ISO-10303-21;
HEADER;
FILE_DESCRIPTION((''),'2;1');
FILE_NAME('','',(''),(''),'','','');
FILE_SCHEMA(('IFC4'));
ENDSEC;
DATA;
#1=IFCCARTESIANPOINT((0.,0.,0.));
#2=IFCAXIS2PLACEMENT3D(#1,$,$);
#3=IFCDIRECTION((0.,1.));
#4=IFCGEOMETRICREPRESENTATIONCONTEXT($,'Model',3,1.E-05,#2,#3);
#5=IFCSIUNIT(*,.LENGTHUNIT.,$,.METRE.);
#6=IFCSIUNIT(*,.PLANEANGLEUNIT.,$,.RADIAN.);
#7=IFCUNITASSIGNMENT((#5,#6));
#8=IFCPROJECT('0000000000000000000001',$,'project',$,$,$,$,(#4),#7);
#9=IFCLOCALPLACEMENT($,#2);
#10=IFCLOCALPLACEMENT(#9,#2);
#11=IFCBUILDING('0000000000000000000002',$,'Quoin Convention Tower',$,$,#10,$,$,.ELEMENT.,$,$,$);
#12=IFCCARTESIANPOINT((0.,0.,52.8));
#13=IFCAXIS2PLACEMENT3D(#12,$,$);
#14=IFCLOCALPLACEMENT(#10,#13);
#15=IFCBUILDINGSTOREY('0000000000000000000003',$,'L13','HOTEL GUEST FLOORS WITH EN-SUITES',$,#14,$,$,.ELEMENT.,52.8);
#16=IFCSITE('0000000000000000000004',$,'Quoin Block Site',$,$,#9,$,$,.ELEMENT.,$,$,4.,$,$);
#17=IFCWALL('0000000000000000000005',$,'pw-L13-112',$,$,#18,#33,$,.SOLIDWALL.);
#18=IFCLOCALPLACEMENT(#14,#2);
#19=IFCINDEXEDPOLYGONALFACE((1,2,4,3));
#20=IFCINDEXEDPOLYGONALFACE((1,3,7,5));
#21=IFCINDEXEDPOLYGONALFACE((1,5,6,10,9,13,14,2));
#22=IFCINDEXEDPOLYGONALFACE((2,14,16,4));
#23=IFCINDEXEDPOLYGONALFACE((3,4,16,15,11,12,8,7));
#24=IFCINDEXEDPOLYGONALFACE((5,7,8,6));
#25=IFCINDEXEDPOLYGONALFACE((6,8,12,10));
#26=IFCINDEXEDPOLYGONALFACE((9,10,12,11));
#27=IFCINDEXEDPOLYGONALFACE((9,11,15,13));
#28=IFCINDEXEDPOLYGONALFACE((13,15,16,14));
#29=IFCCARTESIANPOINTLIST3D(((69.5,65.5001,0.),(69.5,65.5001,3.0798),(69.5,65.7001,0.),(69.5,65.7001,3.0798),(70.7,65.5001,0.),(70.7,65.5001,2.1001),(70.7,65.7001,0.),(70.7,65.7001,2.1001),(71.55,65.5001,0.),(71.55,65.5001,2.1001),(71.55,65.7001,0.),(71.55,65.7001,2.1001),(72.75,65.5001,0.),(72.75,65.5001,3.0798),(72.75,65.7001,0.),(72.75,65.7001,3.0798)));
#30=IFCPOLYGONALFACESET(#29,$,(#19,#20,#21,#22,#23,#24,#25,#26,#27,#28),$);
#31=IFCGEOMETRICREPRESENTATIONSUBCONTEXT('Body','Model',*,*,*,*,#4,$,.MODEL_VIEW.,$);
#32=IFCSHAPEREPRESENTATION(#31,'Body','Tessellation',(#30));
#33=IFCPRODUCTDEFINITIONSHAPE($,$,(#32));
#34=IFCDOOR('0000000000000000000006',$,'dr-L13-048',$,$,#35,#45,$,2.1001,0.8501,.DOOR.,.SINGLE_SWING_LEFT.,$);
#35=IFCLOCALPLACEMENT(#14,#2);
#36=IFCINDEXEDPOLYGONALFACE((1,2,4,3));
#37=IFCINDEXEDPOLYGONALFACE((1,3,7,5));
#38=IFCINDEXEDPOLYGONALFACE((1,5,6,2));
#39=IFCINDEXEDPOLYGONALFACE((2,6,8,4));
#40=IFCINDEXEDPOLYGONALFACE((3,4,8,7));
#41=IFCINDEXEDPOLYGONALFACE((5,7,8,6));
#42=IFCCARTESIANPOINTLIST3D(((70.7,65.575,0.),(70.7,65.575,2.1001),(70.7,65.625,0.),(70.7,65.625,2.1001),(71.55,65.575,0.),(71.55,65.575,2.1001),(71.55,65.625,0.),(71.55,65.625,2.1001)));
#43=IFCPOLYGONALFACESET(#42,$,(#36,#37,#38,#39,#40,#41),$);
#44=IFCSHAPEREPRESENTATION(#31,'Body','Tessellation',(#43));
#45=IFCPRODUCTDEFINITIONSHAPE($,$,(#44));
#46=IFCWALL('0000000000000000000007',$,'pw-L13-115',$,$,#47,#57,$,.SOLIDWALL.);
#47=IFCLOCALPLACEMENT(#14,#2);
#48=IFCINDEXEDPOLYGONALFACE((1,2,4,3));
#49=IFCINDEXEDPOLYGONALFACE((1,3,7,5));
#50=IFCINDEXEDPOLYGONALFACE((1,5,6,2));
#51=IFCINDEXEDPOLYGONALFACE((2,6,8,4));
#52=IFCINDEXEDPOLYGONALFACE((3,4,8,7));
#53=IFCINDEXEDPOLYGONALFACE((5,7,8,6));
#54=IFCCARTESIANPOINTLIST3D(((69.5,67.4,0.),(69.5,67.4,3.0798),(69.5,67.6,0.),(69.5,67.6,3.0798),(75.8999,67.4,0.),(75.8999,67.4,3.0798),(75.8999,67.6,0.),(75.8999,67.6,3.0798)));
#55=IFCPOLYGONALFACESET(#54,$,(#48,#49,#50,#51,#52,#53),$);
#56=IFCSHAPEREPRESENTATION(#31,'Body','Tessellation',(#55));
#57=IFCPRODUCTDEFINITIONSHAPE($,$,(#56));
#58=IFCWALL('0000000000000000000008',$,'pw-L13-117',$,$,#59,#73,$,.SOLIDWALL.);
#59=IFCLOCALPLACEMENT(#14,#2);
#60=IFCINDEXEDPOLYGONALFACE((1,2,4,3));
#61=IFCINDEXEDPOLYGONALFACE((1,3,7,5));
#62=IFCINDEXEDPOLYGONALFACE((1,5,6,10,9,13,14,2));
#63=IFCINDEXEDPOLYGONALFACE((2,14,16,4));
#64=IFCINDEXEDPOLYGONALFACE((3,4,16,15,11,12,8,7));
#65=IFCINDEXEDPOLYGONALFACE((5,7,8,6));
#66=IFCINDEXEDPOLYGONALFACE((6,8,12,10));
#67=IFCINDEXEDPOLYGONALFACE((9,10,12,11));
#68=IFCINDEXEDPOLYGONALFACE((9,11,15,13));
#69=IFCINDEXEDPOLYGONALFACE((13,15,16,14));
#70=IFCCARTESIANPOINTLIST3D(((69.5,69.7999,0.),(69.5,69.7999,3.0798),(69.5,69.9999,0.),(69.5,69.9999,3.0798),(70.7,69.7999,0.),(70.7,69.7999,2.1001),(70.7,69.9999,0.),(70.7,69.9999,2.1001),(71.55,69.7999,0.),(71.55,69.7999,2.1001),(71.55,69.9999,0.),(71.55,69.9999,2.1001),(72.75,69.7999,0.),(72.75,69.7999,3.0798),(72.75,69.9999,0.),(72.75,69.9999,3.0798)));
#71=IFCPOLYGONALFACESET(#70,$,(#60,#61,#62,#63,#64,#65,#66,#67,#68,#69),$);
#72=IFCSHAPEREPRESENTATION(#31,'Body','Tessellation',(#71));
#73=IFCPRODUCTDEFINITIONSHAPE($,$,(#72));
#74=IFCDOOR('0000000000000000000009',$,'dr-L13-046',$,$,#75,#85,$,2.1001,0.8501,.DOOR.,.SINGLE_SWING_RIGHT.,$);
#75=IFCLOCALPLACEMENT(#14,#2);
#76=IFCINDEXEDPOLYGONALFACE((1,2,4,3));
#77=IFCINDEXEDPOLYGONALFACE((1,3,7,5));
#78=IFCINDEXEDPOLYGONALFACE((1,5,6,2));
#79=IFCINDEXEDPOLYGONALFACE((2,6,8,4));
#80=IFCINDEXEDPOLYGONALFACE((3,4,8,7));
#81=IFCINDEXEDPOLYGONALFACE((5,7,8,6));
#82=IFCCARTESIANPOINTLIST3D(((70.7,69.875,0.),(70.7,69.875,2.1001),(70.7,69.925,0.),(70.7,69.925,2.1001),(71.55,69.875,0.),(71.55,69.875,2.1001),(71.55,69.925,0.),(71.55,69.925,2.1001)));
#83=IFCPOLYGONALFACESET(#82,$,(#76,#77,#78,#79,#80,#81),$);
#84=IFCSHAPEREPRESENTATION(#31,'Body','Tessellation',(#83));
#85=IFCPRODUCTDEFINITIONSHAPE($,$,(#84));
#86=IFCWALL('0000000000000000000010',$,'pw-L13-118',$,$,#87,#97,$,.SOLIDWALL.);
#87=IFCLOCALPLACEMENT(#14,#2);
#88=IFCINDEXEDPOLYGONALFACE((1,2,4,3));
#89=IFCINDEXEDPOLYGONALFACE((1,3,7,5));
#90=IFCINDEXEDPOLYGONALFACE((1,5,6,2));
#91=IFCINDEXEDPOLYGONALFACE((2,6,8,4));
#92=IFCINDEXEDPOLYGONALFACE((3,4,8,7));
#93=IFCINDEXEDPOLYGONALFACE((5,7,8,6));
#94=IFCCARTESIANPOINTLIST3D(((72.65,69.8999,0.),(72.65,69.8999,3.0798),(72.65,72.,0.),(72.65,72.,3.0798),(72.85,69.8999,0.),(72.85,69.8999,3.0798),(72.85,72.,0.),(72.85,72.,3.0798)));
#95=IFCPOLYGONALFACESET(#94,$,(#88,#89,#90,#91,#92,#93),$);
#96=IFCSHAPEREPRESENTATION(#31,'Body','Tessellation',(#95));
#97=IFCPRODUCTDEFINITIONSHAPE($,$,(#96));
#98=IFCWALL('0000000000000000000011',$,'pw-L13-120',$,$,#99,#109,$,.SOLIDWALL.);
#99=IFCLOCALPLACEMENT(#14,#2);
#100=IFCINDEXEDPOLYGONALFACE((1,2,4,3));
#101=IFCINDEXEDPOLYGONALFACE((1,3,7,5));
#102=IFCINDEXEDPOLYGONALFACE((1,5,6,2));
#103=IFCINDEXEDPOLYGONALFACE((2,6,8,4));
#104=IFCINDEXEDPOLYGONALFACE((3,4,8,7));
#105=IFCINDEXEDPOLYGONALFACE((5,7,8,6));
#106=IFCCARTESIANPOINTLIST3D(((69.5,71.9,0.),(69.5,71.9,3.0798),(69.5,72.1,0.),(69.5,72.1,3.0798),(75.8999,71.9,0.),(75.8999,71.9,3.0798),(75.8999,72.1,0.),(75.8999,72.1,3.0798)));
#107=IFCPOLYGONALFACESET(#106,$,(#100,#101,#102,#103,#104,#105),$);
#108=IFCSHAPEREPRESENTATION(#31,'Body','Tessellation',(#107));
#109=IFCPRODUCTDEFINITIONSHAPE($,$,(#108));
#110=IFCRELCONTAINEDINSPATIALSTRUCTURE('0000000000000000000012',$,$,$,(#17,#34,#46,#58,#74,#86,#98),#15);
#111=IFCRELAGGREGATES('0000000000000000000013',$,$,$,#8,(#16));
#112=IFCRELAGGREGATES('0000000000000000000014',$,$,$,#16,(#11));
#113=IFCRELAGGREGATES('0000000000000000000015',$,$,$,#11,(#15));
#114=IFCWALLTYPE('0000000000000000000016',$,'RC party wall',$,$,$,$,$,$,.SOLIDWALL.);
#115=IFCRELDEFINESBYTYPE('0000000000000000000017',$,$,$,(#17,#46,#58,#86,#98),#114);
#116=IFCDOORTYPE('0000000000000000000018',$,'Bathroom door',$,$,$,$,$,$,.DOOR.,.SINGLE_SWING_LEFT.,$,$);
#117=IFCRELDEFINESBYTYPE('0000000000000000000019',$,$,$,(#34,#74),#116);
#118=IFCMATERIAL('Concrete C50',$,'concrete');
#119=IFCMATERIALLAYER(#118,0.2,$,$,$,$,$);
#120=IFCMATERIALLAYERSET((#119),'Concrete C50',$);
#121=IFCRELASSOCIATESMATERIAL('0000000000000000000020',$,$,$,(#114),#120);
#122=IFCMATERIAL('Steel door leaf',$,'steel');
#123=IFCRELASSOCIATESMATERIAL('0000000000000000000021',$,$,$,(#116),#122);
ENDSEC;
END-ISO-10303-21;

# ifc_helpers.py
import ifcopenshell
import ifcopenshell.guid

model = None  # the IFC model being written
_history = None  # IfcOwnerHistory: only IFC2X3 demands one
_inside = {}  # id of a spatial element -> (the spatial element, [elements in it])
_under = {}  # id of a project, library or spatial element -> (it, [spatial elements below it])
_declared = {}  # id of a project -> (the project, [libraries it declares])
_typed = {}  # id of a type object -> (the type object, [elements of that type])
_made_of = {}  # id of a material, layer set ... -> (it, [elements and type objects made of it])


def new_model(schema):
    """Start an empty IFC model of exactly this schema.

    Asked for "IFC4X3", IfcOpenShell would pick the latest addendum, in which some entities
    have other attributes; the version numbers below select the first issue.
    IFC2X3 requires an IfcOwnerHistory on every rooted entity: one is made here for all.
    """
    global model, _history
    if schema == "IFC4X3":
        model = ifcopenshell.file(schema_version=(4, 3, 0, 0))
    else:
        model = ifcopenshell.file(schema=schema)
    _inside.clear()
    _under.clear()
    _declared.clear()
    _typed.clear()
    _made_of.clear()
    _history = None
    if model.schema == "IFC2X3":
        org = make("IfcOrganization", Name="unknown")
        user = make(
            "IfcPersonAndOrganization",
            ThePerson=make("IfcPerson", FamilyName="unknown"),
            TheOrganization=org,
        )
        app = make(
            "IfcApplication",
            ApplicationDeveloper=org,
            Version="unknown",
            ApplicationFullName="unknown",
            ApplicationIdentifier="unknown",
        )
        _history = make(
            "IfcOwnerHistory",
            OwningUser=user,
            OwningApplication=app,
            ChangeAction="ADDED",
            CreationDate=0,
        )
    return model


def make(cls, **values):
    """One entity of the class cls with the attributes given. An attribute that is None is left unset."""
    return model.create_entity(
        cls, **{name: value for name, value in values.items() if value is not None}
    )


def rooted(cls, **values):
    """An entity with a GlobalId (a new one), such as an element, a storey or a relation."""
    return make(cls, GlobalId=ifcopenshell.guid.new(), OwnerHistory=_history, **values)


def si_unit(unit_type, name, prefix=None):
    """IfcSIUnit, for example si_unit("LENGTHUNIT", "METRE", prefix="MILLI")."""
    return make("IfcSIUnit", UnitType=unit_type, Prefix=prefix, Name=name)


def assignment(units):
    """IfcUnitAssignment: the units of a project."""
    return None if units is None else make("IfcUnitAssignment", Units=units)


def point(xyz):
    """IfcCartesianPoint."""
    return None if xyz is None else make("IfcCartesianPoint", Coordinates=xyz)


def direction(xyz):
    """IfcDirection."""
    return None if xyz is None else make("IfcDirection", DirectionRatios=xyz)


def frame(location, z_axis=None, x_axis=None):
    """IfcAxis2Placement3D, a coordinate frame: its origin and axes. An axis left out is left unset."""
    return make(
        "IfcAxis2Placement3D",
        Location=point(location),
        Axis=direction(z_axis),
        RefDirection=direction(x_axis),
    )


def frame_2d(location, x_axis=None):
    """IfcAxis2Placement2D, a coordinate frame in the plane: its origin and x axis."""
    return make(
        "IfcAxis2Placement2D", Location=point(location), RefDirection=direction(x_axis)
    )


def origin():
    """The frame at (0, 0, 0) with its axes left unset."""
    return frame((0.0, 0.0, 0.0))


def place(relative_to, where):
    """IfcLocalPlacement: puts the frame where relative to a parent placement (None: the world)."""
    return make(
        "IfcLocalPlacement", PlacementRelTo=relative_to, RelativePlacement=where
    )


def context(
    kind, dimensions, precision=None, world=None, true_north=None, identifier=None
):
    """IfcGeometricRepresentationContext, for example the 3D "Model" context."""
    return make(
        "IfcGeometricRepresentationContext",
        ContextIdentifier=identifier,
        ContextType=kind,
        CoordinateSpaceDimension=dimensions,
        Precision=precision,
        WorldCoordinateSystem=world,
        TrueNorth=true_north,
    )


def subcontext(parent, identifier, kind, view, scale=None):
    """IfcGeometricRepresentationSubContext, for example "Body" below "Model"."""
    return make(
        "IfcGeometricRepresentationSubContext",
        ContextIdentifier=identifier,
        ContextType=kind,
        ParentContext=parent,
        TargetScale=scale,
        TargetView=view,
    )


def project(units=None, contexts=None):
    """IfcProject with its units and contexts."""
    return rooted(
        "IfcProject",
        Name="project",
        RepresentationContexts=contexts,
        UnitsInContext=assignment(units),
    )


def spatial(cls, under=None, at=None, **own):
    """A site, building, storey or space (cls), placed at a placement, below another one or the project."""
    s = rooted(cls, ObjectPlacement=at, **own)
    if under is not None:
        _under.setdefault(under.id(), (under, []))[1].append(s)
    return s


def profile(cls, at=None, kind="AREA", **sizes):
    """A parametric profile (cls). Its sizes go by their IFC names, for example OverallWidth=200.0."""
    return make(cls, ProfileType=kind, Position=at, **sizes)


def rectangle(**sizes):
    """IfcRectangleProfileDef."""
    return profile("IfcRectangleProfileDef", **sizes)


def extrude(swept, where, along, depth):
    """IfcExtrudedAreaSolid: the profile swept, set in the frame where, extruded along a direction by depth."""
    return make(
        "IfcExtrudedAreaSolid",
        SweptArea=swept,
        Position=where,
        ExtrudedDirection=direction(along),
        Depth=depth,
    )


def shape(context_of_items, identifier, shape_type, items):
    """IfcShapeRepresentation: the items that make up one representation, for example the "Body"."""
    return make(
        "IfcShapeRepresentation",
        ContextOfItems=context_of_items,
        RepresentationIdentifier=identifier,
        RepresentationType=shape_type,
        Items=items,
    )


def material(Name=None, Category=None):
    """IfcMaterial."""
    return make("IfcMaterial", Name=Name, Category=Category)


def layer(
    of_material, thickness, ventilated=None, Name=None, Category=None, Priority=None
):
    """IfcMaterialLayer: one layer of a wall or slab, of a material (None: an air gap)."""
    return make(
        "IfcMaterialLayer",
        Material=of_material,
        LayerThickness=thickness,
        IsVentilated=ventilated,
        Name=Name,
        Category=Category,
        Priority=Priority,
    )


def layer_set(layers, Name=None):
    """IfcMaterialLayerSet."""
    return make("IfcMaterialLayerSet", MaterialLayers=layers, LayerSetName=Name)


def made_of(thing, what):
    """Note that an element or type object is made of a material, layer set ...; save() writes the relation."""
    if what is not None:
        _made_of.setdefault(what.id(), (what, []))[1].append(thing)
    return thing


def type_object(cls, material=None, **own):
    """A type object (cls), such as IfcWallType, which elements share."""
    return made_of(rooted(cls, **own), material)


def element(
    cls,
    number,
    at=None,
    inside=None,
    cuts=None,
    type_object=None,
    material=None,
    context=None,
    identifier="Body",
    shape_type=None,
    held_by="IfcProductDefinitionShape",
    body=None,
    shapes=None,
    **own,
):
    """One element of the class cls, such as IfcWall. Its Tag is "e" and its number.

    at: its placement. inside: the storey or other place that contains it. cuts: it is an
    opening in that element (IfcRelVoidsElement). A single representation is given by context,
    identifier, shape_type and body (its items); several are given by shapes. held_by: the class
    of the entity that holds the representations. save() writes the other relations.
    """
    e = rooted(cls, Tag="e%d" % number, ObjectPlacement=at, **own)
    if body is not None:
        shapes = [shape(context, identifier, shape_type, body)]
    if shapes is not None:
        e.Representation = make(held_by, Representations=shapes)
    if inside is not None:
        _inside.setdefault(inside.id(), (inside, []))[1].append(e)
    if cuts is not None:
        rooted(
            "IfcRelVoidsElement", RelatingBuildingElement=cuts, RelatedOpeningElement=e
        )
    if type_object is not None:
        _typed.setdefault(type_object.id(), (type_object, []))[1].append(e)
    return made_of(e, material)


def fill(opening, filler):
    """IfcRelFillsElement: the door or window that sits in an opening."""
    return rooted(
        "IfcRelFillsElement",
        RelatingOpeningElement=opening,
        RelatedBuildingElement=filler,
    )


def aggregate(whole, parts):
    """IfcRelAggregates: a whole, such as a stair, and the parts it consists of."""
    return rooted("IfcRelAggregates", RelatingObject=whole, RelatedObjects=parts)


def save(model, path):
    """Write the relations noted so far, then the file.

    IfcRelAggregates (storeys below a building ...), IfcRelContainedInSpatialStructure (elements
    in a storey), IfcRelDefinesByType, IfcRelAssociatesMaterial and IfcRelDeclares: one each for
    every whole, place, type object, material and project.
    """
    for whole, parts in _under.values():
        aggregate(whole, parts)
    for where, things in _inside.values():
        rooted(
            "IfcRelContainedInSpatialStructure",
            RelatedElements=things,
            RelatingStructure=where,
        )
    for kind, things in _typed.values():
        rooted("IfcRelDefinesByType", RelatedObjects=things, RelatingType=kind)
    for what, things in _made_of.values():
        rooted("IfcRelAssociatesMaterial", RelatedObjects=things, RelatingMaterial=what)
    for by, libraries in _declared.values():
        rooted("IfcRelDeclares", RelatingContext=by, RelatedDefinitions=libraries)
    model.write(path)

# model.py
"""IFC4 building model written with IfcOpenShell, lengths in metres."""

from ifc_helpers import new_model, si_unit, direction, frame, frame_2d, origin, place, context, subcontext, project, spatial, rectangle, extrude, material, layer, layer_set, type_object, element, fill, save


model = new_model("IFC4")

# Units and contexts
model_context = context("Model", 3, precision=1e-05, world=origin(), true_north=direction((0.0, 1.0)))
body_context = subcontext(model_context, "Body", "Model", "MODEL_VIEW")
ifc_project = project(units=[si_unit("LENGTHUNIT", "METRE"), si_unit("PLANEANGLEUNIT", "RADIAN")], contexts=[model_context])

# Site, building, storey
site_placement = place(None, origin())
site = spatial("IfcSite", under=ifc_project, at=site_placement, Name="Quoin Block Site", CompositionType="ELEMENT", RefElevation=4.0)
building_placement = place(site_placement, origin())
building = spatial("IfcBuilding", under=site, at=building_placement, Name="Quoin Convention Tower", CompositionType="ELEMENT")
storey_placement = place(building_placement, frame((0.0, 0.0, 52.8)))
storey = spatial("IfcBuildingStorey", under=building, at=storey_placement, Name="L13", Description="HOTEL GUEST FLOORS WITH EN-SUITES", CompositionType="ELEMENT", Elevation=52.8)

# Shared definitions
ifc_material_1 = material(Name="Concrete C50", Category="concrete")
ifc_layer = layer(ifc_material_1, 0.2)
ifc_layer_set = layer_set([ifc_layer], Name="Concrete C50")
wall_type = type_object("IfcWallType", Name="RC party wall", PredefinedType="SOLIDWALL", material=ifc_layer_set)

# Wall, opening, door
wall_1_placement = place(storey_placement, frame((69.5, 65.6001, 0.0), z_axis=(0.0, 0.0, 1.0), x_axis=(1.0, 0.0, 0.0)))
wall_1 = element("IfcWall", 1, at=wall_1_placement, inside=storey, type_object=wall_type, Name="pw-L13-112", PredefinedType="SOLIDWALL", context=body_context, shape_type="SweptSolid", body=[
    extrude(rectangle(XDim=3.25, YDim=0.2, at=frame_2d((1.625, 0.0))), origin(), (0.0, 0.0, 1.0), 3.0798),
])
opening_1_placement = place(wall_1_placement, frame((1.2, 0.0, 0.0)))
opening_1 = element("IfcOpeningElement", 2, at=opening_1_placement, cuts=wall_1, PredefinedType="OPENING", context=body_context, shape_type="SweptSolid", body=[
    extrude(rectangle(XDim=0.8501, YDim=2.1001, at=frame_2d((0.425, 1.05))), frame((0.0, 0.1099, 0.0), z_axis=(0.0, -1.0, 0.0), x_axis=(1.0, 0.0, 0.0)), (0.0, 0.0, 1.0), 0.22),
])
ifc_material_2 = material(Name="Steel door leaf", Category="steel")
door_type = type_object("IfcDoorType", Name="Bathroom door", OperationType="SINGLE_SWING_LEFT", PredefinedType="DOOR", material=ifc_material_2)
door_1_placement = place(opening_1_placement, origin())
door_1 = element("IfcDoor", 3, at=door_1_placement, inside=storey, type_object=door_type, Name="dr-L13-048", OperationType="SINGLE_SWING_LEFT", OverallHeight=2.1001, OverallWidth=0.8501, PredefinedType="DOOR", context=body_context, shape_type="SweptSolid", body=[
    extrude(rectangle(XDim=0.8501, YDim=2.1001, at=frame_2d((0.425, 1.05))), frame((0.0, 0.0249, 0.0), z_axis=(0.0, -1.0, 0.0), x_axis=(1.0, 0.0, 0.0)), (0.0, 0.0, 1.0), 0.05),
])
fill(opening_1, door_1)

# Wall
wall_2_placement = place(storey_placement, frame((69.5, 67.5, 0.0), z_axis=(0.0, 0.0, 1.0), x_axis=(1.0, 0.0, 0.0)))
element("IfcWall", 4, at=wall_2_placement, inside=storey, type_object=wall_type, Name="pw-L13-115", PredefinedType="SOLIDWALL", context=body_context, shape_type="SweptSolid", body=[
    extrude(rectangle(XDim=6.3999, YDim=0.2, at=frame_2d((3.2, 0.0))), origin(), (0.0, 0.0, 1.0), 3.0798),
])

# Wall, opening, door
wall_3_placement = place(storey_placement, frame((69.5, 69.8999, 0.0), z_axis=(0.0, 0.0, 1.0), x_axis=(1.0, 0.0, 0.0)))
wall_3 = element("IfcWall", 5, at=wall_3_placement, inside=storey, type_object=wall_type, Name="pw-L13-117", PredefinedType="SOLIDWALL", context=body_context, shape_type="SweptSolid", body=[
    extrude(rectangle(XDim=3.25, YDim=0.2, at=frame_2d((1.625, 0.0))), origin(), (0.0, 0.0, 1.0), 3.0798),
])
opening_2_placement = place(wall_3_placement, frame((1.2, 0.0, 0.0)))
opening_2 = element("IfcOpeningElement", 6, at=opening_2_placement, cuts=wall_3, PredefinedType="OPENING", context=body_context, shape_type="SweptSolid", body=[
    extrude(rectangle(XDim=0.8501, YDim=2.1001, at=frame_2d((0.425, 1.05))), frame((0.0, 0.1099, 0.0), z_axis=(0.0, -1.0, 0.0), x_axis=(1.0, 0.0, 0.0)), (0.0, 0.0, 1.0), 0.22),
])
door_2_placement = place(opening_2_placement, frame((0.8501, 0.0, 0.0), z_axis=(0.0, 0.0, 1.0), x_axis=(-1.0, 0.0, 0.0)))
door_2 = element("IfcDoor", 7, at=door_2_placement, inside=storey, type_object=door_type, Name="dr-L13-046", OperationType="SINGLE_SWING_RIGHT", OverallHeight=2.1001, OverallWidth=0.8501, PredefinedType="DOOR", context=body_context, shape_type="SweptSolid", body=[
    extrude(rectangle(XDim=0.8501, YDim=2.1001, at=frame_2d((0.425, 1.05))), frame((0.0, 0.0249, 0.0), z_axis=(0.0, -1.0, 0.0), x_axis=(1.0, 0.0, 0.0)), (0.0, 0.0, 1.0), 0.05),
])
fill(opening_2, door_2)

# Walls
wall_4_placement = place(storey_placement, frame((72.75, 69.8999, 0.0), z_axis=(0.0, 0.0, 1.0), x_axis=(0.0, 1.0, 0.0)))
element("IfcWall", 8, at=wall_4_placement, inside=storey, type_object=wall_type, Name="pw-L13-118", PredefinedType="SOLIDWALL", context=body_context, shape_type="SweptSolid", body=[
    extrude(rectangle(XDim=2.1001, YDim=0.2, at=frame_2d((1.05, 0.0))), origin(), (0.0, 0.0, 1.0), 3.0798),
])
wall_5_placement = place(storey_placement, frame((69.5, 72.0, 0.0), z_axis=(0.0, 0.0, 1.0), x_axis=(1.0, 0.0, 0.0)))
element("IfcWall", 9, at=wall_5_placement, inside=storey, type_object=wall_type, Name="pw-L13-120", PredefinedType="SOLIDWALL", context=body_context, shape_type="SweptSolid", body=[
    extrude(rectangle(XDim=6.3999, YDim=0.2, at=frame_2d((3.2, 0.0))), origin(), (0.0, 0.0, 1.0), 3.0798),
])

save(model, "model.ifc")
